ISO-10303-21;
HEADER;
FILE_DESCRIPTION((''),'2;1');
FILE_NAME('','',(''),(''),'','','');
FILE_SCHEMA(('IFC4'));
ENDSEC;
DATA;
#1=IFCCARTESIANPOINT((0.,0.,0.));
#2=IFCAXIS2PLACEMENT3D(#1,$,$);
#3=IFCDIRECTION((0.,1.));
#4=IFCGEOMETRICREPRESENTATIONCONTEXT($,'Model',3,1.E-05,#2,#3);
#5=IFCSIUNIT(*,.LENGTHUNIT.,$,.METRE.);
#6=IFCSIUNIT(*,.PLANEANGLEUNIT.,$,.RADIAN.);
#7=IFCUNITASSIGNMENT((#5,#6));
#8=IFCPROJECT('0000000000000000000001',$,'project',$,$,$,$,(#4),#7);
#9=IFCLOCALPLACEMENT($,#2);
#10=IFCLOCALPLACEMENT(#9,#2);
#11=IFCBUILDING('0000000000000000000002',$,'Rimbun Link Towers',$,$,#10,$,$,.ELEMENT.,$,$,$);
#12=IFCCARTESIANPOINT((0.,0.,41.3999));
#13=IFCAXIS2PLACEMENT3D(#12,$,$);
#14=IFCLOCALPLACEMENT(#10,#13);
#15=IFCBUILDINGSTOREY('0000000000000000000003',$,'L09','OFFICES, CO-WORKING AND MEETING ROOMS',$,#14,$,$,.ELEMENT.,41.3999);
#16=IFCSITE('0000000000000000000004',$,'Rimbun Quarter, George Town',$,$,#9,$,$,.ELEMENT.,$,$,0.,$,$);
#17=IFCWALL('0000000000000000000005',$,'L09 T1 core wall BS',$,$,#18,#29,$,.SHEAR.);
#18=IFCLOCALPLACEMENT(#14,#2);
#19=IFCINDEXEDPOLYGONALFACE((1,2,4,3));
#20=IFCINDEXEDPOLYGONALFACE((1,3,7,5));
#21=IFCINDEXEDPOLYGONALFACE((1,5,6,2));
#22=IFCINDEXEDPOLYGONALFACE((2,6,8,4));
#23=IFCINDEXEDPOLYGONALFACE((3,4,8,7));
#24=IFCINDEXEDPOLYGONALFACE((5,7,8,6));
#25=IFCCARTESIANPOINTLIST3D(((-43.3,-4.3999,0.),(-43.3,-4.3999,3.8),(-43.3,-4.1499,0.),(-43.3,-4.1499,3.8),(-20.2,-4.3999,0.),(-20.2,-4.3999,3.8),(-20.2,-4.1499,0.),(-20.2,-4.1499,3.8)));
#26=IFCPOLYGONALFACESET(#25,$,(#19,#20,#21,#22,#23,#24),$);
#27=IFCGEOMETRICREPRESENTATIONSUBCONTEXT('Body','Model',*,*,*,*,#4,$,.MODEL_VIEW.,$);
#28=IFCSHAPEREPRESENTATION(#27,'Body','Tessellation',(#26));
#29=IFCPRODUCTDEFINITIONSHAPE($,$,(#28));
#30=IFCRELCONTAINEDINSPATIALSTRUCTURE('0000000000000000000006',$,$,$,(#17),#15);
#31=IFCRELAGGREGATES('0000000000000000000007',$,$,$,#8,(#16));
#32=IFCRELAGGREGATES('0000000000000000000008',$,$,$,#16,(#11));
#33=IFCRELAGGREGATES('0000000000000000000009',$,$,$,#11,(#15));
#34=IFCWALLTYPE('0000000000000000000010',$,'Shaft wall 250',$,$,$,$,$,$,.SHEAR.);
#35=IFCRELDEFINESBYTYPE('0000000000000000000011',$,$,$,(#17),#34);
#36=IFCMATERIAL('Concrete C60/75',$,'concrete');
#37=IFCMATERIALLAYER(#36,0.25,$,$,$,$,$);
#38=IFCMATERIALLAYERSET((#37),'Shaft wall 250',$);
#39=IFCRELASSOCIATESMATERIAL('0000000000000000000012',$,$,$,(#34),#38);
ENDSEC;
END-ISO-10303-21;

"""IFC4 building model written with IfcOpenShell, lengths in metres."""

from ifc_helpers import new_model, si_unit, direction, frame, frame_2d, origin, place, context, subcontext, project, spatial, rectangle, extrude, material, layer, layer_set, type_object, element, save


model = new_model("IFC4")

# Units and contexts
model_context = context("Model", 3, precision=1e-05, world=origin(), true_north=direction((0.0, 1.0)))
body_context = subcontext(model_context, "Body", "Model", "MODEL_VIEW")
ifc_project = project(units=[si_unit("LENGTHUNIT", "METRE"), si_unit("PLANEANGLEUNIT", "RADIAN")], contexts=[model_context])

# Site, building, storey
site_placement = place(None, origin())
site = spatial("IfcSite", under=ifc_project, at=site_placement, Name="Rimbun Quarter, George Town", CompositionType="ELEMENT", RefElevation=0.0)
building_placement = place(site_placement, origin())
building = spatial("IfcBuilding", under=site, at=building_placement, Name="Rimbun Link Towers", CompositionType="ELEMENT")
storey_placement = place(building_placement, frame((0.0, 0.0, 41.3999)))
storey = spatial("IfcBuildingStorey", under=building, at=storey_placement, Name="L09", Description="OFFICES, CO-WORKING AND MEETING ROOMS", CompositionType="ELEMENT", Elevation=41.3999)

# Wall
ifc_material_1 = material(Name="Concrete C60/75", Category="concrete")
ifc_layer_1 = layer(ifc_material_1, 0.25)
ifc_layer_set_1 = layer_set([ifc_layer_1], Name="Shaft wall 250")
wall_type_1 = type_object("IfcWallType", Name="Shaft wall 250", PredefinedType="SHEAR", material=ifc_layer_set_1)
wall_1_placement = place(storey_placement, frame((-43.3, -4.2749, 0.0), z_axis=(0.0, 0.0, 1.0), x_axis=(1.0, 0.0, 0.0)))
element("IfcWall", 1, at=wall_1_placement, inside=storey, type_object=wall_type_1, Name="L09 T1 core wall BS", PredefinedType="SHEAR", context=body_context, shape_type="SweptSolid", body=[
    extrude(rectangle(XDim=23.1001, YDim=0.25, at=frame_2d((11.55, 0.0))), origin(), (0.0, 0.0, 1.0), 3.8),
])

save(model, "model.ifc")
